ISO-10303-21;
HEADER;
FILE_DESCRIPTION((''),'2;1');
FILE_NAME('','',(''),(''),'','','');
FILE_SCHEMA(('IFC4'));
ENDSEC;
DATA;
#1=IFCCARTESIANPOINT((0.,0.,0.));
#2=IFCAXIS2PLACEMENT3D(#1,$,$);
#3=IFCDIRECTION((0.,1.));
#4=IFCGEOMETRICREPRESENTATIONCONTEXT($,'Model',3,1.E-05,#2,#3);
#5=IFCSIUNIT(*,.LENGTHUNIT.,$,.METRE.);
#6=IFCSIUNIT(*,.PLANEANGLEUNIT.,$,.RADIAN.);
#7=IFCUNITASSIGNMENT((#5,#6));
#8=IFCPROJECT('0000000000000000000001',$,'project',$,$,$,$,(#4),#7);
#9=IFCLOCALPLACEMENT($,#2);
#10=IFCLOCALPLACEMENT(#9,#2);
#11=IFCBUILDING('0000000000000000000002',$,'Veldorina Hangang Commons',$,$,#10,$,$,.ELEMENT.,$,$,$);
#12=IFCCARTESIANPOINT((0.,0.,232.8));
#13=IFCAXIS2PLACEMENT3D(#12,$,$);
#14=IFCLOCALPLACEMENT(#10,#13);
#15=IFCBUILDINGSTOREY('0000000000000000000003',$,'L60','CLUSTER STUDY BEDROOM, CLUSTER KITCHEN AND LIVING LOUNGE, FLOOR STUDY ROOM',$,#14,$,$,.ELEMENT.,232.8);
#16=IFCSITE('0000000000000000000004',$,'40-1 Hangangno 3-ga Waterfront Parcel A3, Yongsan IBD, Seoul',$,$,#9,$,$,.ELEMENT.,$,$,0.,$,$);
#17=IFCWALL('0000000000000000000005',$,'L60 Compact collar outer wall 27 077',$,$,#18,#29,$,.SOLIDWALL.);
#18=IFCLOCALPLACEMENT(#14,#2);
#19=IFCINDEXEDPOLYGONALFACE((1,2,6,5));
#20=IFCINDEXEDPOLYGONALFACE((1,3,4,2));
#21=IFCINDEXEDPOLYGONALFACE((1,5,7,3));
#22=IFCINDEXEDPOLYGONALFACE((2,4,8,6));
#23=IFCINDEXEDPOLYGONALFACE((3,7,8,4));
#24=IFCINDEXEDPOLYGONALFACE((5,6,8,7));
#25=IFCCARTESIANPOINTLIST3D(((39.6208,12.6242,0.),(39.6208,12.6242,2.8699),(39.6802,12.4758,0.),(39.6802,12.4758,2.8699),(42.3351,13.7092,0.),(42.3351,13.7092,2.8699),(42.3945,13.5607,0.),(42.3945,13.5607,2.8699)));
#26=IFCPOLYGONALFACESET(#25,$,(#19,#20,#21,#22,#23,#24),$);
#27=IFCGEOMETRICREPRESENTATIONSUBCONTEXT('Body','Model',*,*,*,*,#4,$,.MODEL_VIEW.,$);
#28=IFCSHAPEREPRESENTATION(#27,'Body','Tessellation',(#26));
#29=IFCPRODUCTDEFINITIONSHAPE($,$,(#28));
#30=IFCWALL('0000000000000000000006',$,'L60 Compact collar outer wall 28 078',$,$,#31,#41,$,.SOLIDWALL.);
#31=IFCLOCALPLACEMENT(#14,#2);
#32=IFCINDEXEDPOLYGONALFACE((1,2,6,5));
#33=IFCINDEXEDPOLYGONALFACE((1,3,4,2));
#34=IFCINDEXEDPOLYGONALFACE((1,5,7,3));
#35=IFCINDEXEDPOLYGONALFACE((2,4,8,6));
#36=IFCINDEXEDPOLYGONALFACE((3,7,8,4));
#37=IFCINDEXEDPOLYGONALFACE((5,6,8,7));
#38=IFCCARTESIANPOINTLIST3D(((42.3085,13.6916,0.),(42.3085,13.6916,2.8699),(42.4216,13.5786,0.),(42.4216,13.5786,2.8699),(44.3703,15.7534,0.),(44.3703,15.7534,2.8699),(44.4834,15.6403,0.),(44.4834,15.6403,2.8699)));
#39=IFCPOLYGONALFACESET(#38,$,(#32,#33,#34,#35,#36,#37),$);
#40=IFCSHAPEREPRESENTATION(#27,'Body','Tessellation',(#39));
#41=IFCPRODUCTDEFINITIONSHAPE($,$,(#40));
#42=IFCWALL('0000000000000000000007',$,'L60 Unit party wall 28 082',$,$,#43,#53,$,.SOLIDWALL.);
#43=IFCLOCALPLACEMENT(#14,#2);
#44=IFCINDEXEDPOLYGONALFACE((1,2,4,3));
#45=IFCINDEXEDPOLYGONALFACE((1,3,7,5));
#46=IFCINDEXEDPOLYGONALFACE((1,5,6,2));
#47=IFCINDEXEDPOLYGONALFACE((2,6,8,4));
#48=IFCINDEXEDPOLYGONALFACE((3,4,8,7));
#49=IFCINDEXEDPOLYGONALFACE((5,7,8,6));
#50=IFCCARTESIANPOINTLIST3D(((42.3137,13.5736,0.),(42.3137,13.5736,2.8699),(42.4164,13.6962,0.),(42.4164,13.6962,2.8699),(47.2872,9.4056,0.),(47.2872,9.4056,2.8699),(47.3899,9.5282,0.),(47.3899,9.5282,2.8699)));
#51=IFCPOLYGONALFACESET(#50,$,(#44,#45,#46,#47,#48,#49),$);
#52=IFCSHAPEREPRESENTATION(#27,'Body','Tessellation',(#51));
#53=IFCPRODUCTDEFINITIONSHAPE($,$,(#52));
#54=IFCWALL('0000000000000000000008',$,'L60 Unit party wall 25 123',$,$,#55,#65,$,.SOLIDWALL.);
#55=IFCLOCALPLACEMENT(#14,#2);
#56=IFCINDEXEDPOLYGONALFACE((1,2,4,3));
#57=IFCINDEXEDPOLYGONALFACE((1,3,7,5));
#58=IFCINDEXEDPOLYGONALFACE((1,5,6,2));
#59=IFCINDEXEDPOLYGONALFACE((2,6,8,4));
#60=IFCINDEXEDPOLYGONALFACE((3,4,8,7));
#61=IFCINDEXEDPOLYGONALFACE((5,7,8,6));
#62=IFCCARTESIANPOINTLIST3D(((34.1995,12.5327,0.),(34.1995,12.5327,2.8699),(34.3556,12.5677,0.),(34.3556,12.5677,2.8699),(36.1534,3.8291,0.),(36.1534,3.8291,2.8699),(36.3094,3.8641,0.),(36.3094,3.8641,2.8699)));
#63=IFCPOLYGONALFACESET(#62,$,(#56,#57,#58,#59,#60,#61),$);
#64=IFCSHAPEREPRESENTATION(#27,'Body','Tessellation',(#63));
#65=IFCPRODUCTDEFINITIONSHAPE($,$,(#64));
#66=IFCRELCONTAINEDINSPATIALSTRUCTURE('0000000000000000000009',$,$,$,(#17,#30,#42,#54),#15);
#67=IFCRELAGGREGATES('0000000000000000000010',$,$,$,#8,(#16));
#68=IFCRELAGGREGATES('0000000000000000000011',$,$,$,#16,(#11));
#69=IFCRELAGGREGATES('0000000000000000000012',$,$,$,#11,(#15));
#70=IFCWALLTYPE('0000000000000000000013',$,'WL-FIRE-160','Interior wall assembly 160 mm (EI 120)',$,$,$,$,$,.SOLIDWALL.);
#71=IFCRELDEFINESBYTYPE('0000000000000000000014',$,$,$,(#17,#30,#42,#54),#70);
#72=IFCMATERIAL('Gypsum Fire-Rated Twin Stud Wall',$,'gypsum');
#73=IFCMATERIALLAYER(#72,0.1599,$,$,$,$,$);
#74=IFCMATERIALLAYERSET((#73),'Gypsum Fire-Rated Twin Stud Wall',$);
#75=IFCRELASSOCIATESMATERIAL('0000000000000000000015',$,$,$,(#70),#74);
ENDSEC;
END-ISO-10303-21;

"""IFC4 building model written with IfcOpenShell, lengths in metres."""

from ifc_helpers import new_model, si_unit, direction, frame, frame_2d, origin, place, context, subcontext, project, spatial, rectangle, extrude, material, layer, layer_set, type_object, element, save


model = new_model("IFC4")

# Units and contexts
model_context = context("Model", 3, precision=1e-05, world=origin(), true_north=direction((0.0, 1.0)))
body_context = subcontext(model_context, "Body", "Model", "MODEL_VIEW")
ifc_project = project(units=[si_unit("LENGTHUNIT", "METRE"), si_unit("PLANEANGLEUNIT", "RADIAN")], contexts=[model_context])

# Site, building, storey
site_placement = place(None, origin())
site = spatial("IfcSite", under=ifc_project, at=site_placement, Name="40-1 Hangangno 3-ga Waterfront Parcel A3, Yongsan IBD, Seoul", CompositionType="ELEMENT", RefElevation=0.0)
building_placement = place(site_placement, origin())
building = spatial("IfcBuilding", under=site, at=building_placement, Name="Veldorina Hangang Commons", CompositionType="ELEMENT")
storey_placement = place(building_placement, frame((0.0, 0.0, 232.8)))
storey = spatial("IfcBuildingStorey", under=building, at=storey_placement, Name="L60", Description="CLUSTER STUDY BEDROOM, CLUSTER KITCHEN AND LIVING LOUNGE, FLOOR STUDY ROOM", CompositionType="ELEMENT", Elevation=232.8)

# Shared definitions
ifc_material_1 = material(Name="Gypsum Fire-Rated Twin Stud Wall", Category="gypsum")
ifc_layer_1 = layer(ifc_material_1, 0.1599)
ifc_layer_set_1 = layer_set([ifc_layer_1], Name="Gypsum Fire-Rated Twin Stud Wall")
wall_type_1 = type_object("IfcWallType", Name="WL-FIRE-160", Description="Interior wall assembly 160 mm (EI 120)", PredefinedType="SOLIDWALL", material=ifc_layer_set_1)

# Walls
wall_1_placement = place(storey_placement, frame((39.6506, 12.55, 0.0), z_axis=(0.0, 0.0, 1.0), x_axis=(0.928569, 0.37116, 0.0)))
element("IfcWall", 1, at=wall_1_placement, inside=storey, type_object=wall_type_1, Name="L60 Compact collar outer wall 27 077", PredefinedType="SOLIDWALL", context=body_context, shape_type="SweptSolid", body=[
    extrude(rectangle(XDim=2.9231, YDim=0.1599, at=frame_2d((1.4614, 0.0))), origin(), (0.0, 0.0, 1.0), 2.8699),
])
wall_2_placement = place(storey_placement, frame((42.365, 13.635, 0.0), z_axis=(0.0, 0.0, 1.0), x_axis=(0.707107, 0.707107, 0.0)))
element("IfcWall", 2, at=wall_2_placement, inside=storey, type_object=wall_type_1, Name="L60 Compact collar outer wall 28 078", PredefinedType="SOLIDWALL", context=body_context, shape_type="SweptSolid", body=[
    extrude(rectangle(XDim=2.9158, YDim=0.1599, at=frame_2d((1.458, 0.0))), origin(), (0.0, 0.0, 1.0), 2.8699),
])
wall_3_placement = place(storey_placement, frame((42.365, 13.635, 0.0), z_axis=(0.0, 0.0, 1.0), x_axis=(0.766439, -0.642317, 0.0)))
element("IfcWall", 3, at=wall_3_placement, inside=storey, type_object=wall_type_1, Name="L60 Unit party wall 28 082", PredefinedType="SOLIDWALL", context=body_context, shape_type="SweptSolid", body=[
    extrude(rectangle(XDim=6.489, YDim=0.1599, at=frame_2d((3.2446, 0.0))), origin(), (0.0, 0.0, 1.0), 2.8699),
])
wall_4_placement = place(storey_placement, frame((34.2776, 12.55, 0.0), z_axis=(0.0, 0.0, 1.0), x_axis=(0.219037, -0.975717, 0.0)))
element("IfcWall", 4, at=wall_4_placement, inside=storey, type_object=wall_type_1, Name="L60 Unit party wall 25 123", PredefinedType="SOLIDWALL", context=body_context, shape_type="SweptSolid", body=[
    extrude(rectangle(XDim=8.9202, YDim=0.1599, at=frame_2d((4.46, 0.0))), origin(), (0.0, 0.0, 1.0), 2.8699),
])

save(model, "model.ifc")
